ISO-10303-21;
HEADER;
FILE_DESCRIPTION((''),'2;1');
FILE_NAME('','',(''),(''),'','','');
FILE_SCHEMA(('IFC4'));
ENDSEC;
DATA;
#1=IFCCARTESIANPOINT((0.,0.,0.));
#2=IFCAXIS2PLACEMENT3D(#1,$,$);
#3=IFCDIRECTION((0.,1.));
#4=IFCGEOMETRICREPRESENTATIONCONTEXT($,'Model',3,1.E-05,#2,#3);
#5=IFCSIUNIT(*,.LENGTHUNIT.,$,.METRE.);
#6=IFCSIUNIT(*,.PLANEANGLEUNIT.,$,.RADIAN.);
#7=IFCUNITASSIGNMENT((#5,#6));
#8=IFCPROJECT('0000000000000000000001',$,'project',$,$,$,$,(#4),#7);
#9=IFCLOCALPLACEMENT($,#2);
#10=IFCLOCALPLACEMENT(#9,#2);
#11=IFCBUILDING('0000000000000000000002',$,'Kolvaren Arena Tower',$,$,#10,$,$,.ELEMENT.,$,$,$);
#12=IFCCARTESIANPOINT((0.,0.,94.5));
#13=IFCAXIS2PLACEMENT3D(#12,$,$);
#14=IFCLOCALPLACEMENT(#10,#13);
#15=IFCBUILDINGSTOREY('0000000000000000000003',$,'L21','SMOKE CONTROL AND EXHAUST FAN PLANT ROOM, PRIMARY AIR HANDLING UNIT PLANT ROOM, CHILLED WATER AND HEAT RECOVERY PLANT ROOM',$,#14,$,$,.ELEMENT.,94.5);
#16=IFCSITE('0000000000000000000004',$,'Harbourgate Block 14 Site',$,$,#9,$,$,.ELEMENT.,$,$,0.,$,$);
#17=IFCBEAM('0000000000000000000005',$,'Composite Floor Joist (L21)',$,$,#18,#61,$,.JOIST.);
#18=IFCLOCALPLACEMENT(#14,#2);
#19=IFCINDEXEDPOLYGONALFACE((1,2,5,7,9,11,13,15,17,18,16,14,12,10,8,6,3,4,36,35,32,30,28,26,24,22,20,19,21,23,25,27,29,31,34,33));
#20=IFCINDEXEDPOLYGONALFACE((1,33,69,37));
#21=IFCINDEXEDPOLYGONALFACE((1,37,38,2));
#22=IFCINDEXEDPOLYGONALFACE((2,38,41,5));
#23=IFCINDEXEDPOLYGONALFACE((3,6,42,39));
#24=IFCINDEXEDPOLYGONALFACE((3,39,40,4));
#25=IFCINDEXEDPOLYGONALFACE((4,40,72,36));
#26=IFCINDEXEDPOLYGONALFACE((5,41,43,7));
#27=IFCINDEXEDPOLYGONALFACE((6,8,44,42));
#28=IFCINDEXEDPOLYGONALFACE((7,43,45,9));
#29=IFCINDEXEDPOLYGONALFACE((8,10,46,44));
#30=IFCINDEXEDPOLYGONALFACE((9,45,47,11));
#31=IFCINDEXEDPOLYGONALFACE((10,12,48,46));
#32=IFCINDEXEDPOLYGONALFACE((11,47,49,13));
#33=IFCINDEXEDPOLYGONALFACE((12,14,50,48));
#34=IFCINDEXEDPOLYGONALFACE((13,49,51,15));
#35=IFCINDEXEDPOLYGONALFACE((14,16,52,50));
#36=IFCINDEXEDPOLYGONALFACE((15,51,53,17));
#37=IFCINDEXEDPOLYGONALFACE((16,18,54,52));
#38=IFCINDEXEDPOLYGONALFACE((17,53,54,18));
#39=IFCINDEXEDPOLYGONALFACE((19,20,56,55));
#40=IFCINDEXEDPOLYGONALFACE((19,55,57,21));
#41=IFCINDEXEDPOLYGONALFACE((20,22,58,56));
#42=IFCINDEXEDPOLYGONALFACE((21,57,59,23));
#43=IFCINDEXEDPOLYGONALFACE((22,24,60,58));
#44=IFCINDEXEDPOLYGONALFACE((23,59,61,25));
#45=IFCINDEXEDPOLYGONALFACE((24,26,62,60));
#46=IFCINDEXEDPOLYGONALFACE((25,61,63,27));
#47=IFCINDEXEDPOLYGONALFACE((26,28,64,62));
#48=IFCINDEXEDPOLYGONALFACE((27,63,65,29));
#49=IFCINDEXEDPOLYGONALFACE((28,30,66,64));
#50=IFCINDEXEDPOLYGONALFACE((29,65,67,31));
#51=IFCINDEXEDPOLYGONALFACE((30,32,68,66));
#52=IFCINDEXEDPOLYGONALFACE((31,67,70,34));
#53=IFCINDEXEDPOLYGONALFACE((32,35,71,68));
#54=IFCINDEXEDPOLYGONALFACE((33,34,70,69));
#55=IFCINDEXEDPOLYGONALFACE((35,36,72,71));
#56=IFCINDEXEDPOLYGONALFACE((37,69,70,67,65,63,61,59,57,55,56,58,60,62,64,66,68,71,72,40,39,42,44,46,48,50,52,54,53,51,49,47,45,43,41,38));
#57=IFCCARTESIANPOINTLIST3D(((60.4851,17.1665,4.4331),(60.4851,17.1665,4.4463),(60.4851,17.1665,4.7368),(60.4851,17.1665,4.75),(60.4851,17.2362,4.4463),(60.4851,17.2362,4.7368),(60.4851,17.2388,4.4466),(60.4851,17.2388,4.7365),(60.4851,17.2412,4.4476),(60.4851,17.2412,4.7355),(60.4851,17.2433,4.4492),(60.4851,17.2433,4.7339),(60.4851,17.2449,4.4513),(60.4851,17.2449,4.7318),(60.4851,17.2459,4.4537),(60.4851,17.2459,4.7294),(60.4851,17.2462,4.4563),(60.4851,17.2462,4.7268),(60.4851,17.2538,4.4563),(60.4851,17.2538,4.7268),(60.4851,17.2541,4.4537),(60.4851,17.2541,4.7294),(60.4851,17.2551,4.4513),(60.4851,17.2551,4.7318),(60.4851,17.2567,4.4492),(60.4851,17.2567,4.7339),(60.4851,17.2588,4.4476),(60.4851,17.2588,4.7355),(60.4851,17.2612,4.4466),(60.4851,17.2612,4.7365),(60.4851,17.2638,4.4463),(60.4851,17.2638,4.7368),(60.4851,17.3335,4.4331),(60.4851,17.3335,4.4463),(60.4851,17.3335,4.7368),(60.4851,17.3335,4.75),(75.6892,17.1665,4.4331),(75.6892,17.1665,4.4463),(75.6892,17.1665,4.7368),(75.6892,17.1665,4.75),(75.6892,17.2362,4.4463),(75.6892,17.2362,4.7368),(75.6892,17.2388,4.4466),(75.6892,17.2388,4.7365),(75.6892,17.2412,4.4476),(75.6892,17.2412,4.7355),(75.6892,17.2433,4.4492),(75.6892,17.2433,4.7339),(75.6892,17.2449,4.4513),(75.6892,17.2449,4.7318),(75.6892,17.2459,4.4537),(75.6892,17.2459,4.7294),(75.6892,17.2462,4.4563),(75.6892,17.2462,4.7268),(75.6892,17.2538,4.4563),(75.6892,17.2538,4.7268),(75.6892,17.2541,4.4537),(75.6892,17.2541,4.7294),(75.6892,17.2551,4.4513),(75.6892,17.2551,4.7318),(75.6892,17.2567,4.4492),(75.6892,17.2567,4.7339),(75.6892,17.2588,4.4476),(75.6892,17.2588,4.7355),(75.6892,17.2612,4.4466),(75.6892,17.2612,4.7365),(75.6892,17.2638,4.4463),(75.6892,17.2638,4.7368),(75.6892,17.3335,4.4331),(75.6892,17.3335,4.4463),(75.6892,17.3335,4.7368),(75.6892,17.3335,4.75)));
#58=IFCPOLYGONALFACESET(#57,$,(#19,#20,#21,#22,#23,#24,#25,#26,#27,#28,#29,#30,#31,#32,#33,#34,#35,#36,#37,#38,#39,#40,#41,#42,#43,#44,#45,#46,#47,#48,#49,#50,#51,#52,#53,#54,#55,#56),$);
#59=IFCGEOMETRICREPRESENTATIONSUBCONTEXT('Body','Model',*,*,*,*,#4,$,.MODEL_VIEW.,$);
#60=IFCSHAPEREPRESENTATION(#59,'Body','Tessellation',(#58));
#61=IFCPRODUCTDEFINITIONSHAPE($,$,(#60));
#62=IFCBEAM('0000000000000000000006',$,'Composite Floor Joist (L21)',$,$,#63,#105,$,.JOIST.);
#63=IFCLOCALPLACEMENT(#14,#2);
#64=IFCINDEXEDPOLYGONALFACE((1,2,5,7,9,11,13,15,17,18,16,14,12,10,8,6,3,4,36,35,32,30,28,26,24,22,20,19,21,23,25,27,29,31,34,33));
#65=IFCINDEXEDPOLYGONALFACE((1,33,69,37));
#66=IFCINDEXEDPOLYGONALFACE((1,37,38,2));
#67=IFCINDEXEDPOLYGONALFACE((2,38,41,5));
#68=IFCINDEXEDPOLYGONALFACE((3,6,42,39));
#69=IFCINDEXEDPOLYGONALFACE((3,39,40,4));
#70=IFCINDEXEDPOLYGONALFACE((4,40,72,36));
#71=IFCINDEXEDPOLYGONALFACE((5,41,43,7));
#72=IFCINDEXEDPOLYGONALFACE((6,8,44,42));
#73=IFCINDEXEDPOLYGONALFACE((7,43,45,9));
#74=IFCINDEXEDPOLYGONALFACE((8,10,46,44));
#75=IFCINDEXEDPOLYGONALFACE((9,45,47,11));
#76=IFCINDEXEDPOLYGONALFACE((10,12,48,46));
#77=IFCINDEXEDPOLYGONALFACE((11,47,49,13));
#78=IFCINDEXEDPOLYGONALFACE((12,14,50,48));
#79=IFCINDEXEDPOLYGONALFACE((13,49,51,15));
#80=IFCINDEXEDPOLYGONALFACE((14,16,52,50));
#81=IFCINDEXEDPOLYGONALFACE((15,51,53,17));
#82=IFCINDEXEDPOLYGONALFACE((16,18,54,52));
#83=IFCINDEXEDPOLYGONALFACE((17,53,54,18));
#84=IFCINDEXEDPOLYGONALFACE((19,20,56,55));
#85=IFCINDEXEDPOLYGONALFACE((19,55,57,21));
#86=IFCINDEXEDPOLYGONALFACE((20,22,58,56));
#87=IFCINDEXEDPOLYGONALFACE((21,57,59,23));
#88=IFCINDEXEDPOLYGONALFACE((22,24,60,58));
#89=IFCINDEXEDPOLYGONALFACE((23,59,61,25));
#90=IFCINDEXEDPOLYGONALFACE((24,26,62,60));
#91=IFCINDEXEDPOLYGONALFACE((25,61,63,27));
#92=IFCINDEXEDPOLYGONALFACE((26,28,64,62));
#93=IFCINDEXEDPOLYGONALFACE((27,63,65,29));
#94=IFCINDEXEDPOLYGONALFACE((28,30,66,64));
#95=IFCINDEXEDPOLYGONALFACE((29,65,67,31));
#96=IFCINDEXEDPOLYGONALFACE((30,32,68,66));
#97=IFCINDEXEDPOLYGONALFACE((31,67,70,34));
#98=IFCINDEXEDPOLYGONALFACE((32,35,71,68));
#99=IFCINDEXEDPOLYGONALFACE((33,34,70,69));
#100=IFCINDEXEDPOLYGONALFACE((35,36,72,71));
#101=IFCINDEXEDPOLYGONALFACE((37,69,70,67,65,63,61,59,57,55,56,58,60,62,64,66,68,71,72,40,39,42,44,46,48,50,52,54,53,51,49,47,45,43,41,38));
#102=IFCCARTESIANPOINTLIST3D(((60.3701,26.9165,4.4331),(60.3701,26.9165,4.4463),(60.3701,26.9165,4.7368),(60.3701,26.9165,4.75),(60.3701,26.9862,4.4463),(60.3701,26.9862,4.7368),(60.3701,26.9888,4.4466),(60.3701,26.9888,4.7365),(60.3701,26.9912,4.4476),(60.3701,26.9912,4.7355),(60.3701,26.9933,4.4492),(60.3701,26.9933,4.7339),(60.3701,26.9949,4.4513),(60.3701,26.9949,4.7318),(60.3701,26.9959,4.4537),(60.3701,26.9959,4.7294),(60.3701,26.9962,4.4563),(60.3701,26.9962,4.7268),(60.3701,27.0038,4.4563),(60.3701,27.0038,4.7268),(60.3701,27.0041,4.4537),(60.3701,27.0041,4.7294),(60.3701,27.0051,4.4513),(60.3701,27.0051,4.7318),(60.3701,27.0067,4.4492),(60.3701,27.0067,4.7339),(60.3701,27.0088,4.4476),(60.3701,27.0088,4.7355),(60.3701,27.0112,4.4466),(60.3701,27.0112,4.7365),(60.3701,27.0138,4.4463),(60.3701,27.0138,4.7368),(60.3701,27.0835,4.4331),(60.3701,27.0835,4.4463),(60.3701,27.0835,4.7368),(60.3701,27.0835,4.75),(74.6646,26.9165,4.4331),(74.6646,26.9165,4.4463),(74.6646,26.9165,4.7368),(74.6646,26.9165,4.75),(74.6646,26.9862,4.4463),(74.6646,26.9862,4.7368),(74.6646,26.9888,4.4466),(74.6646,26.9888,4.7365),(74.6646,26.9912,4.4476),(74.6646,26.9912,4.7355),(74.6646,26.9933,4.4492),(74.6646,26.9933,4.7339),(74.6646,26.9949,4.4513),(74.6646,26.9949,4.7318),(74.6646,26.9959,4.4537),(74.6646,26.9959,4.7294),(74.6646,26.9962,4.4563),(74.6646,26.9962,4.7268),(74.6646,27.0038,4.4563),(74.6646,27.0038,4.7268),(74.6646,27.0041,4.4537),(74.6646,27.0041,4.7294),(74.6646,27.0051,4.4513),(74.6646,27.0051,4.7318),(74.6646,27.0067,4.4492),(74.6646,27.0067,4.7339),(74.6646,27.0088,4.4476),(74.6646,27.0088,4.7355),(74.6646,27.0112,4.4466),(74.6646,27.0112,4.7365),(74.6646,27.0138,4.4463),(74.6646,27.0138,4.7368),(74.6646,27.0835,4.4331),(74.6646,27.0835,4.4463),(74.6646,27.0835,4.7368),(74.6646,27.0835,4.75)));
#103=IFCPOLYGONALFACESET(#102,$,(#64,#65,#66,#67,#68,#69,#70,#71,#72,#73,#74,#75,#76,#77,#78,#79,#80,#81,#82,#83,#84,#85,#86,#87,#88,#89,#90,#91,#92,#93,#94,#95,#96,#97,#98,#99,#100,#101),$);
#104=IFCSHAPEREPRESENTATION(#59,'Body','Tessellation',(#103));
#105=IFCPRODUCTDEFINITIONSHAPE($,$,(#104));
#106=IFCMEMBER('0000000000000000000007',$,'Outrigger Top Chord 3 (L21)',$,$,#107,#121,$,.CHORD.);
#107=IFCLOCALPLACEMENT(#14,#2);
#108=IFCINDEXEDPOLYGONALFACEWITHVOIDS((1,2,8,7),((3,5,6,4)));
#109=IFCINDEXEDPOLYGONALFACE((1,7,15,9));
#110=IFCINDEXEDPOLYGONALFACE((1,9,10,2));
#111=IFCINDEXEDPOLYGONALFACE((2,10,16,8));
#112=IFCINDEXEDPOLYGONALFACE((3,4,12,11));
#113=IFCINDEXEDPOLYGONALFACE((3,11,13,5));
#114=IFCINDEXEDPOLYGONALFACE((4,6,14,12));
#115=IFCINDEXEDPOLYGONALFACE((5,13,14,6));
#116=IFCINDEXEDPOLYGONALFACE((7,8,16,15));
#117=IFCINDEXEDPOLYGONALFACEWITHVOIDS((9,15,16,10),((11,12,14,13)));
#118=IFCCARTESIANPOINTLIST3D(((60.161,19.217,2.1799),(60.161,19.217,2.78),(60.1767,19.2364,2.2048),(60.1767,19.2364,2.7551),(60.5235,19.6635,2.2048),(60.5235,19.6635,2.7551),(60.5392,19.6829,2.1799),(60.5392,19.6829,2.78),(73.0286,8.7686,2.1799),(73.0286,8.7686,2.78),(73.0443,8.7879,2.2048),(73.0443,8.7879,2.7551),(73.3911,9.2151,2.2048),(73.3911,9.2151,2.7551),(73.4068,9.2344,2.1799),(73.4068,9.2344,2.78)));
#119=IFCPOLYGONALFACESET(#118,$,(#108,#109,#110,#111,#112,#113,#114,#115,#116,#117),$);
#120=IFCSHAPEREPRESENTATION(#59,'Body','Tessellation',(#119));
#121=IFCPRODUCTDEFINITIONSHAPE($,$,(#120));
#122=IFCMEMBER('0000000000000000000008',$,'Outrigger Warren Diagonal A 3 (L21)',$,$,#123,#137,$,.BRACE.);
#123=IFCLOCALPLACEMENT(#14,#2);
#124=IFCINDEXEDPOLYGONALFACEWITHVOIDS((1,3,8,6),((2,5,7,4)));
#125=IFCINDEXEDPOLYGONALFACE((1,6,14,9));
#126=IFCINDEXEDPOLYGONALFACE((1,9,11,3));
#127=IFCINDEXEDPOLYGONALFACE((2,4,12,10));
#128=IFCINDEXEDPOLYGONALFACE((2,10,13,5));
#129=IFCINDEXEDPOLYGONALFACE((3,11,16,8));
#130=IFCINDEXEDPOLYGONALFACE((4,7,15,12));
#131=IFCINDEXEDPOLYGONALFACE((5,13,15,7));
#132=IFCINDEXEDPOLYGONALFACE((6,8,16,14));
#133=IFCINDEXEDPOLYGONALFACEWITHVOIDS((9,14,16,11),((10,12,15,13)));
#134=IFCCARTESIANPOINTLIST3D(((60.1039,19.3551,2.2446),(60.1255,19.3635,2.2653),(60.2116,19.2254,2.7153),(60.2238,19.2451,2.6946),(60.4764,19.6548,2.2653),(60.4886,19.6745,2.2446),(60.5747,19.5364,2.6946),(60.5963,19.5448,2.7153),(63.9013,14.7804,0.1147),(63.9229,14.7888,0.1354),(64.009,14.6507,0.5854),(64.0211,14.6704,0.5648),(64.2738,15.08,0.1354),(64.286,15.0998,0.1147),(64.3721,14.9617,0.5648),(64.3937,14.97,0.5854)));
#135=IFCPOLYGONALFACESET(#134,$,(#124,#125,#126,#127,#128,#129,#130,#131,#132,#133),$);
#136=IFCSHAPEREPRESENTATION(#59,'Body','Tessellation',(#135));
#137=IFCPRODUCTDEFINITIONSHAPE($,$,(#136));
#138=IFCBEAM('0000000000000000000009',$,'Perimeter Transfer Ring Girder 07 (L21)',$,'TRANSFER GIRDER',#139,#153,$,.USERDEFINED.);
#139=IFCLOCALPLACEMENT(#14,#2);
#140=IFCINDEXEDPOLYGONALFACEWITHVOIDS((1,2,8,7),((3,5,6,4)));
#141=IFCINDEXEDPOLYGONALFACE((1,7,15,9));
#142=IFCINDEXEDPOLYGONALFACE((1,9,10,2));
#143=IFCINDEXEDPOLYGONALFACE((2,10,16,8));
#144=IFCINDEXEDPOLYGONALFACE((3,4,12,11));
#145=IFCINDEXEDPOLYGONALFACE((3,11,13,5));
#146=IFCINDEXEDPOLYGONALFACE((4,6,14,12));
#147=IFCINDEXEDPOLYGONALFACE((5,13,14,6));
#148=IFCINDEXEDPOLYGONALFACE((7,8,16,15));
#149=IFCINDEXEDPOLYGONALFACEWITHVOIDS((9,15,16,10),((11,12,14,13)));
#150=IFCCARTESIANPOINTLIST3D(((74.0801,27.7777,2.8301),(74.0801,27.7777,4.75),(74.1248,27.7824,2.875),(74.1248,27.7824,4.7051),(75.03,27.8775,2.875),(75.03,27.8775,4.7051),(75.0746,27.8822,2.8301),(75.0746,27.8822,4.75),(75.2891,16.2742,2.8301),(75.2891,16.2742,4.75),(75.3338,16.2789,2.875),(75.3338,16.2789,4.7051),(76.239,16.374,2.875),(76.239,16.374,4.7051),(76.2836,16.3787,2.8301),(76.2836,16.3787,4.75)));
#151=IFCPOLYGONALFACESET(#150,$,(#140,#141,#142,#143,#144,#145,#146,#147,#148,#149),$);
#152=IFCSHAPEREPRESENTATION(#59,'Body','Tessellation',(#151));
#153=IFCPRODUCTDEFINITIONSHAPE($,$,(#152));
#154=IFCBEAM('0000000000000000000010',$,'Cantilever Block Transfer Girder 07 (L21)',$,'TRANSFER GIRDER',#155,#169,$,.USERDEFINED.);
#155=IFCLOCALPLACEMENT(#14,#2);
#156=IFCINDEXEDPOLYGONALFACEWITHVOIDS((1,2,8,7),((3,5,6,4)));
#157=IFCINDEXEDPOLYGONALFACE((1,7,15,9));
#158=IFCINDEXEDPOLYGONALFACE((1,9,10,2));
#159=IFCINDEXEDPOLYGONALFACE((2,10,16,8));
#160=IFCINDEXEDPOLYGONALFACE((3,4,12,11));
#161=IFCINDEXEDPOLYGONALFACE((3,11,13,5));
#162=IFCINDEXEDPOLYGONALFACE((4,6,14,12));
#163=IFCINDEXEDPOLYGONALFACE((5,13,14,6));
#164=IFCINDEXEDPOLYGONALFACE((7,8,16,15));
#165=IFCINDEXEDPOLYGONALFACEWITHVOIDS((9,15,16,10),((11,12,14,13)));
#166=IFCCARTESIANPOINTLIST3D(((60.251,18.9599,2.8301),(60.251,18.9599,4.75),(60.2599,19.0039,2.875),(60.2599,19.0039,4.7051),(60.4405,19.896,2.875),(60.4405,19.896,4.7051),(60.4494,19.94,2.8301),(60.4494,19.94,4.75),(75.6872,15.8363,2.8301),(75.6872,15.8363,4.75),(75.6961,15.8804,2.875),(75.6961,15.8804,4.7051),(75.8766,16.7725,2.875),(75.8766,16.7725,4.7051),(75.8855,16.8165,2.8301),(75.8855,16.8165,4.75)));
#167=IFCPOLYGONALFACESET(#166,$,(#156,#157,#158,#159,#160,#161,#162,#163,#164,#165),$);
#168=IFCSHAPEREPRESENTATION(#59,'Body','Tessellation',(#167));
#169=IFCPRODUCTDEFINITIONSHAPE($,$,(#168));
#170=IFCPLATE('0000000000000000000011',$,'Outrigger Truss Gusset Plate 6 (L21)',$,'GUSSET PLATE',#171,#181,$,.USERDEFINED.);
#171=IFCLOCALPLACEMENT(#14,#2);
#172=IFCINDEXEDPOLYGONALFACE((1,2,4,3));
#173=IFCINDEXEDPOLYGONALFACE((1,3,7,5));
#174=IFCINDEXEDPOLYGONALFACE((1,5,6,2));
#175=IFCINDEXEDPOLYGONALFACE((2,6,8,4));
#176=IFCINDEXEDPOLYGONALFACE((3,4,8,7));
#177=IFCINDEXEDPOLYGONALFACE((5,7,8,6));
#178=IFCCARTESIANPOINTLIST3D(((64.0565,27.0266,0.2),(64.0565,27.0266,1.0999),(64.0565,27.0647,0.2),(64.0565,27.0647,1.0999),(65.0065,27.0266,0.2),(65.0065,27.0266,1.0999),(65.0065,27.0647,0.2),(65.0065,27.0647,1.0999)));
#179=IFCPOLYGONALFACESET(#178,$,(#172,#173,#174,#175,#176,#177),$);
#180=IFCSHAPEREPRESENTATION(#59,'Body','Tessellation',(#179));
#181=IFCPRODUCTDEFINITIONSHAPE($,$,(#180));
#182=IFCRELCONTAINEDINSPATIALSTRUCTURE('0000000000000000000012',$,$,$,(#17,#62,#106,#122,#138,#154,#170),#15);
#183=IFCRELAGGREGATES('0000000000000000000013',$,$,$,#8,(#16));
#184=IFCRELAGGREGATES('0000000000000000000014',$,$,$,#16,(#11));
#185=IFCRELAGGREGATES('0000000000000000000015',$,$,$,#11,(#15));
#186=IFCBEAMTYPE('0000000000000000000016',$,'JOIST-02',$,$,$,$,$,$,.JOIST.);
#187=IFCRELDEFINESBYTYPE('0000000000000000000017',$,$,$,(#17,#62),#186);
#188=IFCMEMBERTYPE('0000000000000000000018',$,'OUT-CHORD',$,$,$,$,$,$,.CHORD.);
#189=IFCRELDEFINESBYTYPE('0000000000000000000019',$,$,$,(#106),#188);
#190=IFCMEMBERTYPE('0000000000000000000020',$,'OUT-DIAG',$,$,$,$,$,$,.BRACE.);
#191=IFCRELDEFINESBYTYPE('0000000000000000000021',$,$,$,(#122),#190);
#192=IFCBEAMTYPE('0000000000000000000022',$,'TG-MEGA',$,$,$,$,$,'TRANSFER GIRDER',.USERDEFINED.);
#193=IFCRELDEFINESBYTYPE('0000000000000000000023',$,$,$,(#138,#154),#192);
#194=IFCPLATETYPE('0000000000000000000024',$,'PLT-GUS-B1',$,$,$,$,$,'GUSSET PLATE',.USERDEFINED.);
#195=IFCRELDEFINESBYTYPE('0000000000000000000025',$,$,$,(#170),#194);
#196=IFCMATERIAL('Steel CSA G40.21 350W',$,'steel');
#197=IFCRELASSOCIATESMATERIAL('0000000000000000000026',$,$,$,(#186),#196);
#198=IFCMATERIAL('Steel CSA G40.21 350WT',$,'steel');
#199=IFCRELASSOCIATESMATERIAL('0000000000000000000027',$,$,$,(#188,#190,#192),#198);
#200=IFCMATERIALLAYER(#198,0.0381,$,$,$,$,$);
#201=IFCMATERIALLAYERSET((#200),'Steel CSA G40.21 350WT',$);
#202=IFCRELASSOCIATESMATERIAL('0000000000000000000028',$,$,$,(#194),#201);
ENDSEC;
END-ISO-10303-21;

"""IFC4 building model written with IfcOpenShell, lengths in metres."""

from ifc_helpers import new_model, si_unit, direction, frame, origin, origin_2d, place, context, subcontext, project, spatial, rectangle, hollow_rectangle, i_section, extrude, material, layer, layer_set, material_profile, profile_set, type_object, element, save


model = new_model("IFC4")

# Units and contexts
model_context = context("Model", 3, precision=1e-05, world=origin(), true_north=direction((0.0, 1.0)))
body_context = subcontext(model_context, "Body", "Model", "MODEL_VIEW")
ifc_project = project(units=[si_unit("LENGTHUNIT", "METRE"), si_unit("PLANEANGLEUNIT", "RADIAN")], contexts=[model_context])

# Site, building, storey
site_placement = place(None, origin())
site = spatial("IfcSite", under=ifc_project, at=site_placement, Name="Harbourgate Block 14 Site", CompositionType="ELEMENT", RefElevation=0.0)
building_placement = place(site_placement, origin())
building = spatial("IfcBuilding", under=site, at=building_placement, Name="Kolvaren Arena Tower", CompositionType="ELEMENT")
storey_placement = place(building_placement, frame((0.0, 0.0, 94.5)))
storey = spatial("IfcBuildingStorey", under=building, at=storey_placement, Name="L21", Description="SMOKE CONTROL AND EXHAUST FAN PLANT ROOM, PRIMARY AIR HANDLING UNIT PLANT ROOM, CHILLED WATER AND HEAT RECOVERY PLANT ROOM", CompositionType="ELEMENT", Elevation=94.5)

# Shared definitions
ifc_material_1 = material(Name="Steel CSA G40.21 350W", Category="steel")

# Shared definitions
ifc_material_2 = material(Name="Steel CSA G40.21 350WT", Category="steel")

# Beams
ifc_material_profile_1 = material_profile(ifc_material_1, i_section(OverallWidth=0.167, OverallDepth=0.3169, WebThickness=0.0076, FlangeThickness=0.0132, FilletRadius=0.01, at=origin_2d()), Name="W310x52")
ifc_profile_set_1 = profile_set([ifc_material_profile_1], Name="Steel CSA G40.21 350W")
beam_type_1 = type_object("IfcBeamType", Name="JOIST-02", PredefinedType="JOIST", material=ifc_profile_set_1)
beam_1_placement = place(storey_placement, frame((60.4851, 17.25, 4.5916), z_axis=(1.0, 0.0, 0.0), x_axis=(0.0, 1.0, 0.0)))
element("IfcBeam", 1, at=beam_1_placement, inside=storey, type_object=beam_type_1, Name="Composite Floor Joist (L21)", PredefinedType="JOIST", context=body_context, shape_type="SweptSolid", body=[
    extrude(i_section(OverallWidth=0.167, OverallDepth=0.3169, WebThickness=0.0076, FlangeThickness=0.0132, FilletRadius=0.01, at=origin_2d()), origin(), (0.0, 0.0, 1.0), 15.2041),
])
beam_2_placement = place(storey_placement, frame((60.3701, 27.0, 4.5916), z_axis=(1.0, 0.0, 0.0), x_axis=(0.0, 1.0, 0.0)))
element("IfcBeam", 2, at=beam_2_placement, inside=storey, type_object=beam_type_1, Name="Composite Floor Joist (L21)", PredefinedType="JOIST", context=body_context, shape_type="SweptSolid", body=[
    extrude(i_section(OverallWidth=0.167, OverallDepth=0.3169, WebThickness=0.0076, FlangeThickness=0.0132, FilletRadius=0.01, at=origin_2d()), origin(), (0.0, 0.0, 1.0), 14.2944),
])

# Members
ifc_material_profile_2 = material_profile(ifc_material_2, hollow_rectangle(XDim=0.6001, YDim=0.6001, WallThickness=0.0249, at=origin_2d()), Name="HSS 600x600x25")
ifc_profile_set_2 = profile_set([ifc_material_profile_2], Name="Steel CSA G40.21 350WT")
member_type_1 = type_object("IfcMemberType", Name="OUT-CHORD", PredefinedType="CHORD", material=ifc_profile_set_2)
member_1_placement = place(storey_placement, frame((60.3501, 19.45, 2.48), z_axis=(0.776306, -0.630356, 0.0), x_axis=(0.630356, 0.776306, 0.0)))
element("IfcMember", 3, at=member_1_placement, inside=storey, type_object=member_type_1, Name="Outrigger Top Chord 3 (L21)", PredefinedType="CHORD", context=body_context, shape_type="SweptSolid", body=[
    extrude(hollow_rectangle(XDim=0.6001, YDim=0.6001, WallThickness=0.0249, at=origin_2d()), origin(), (0.0, 0.0, 1.0), 16.5754),
])
ifc_material_profile_3 = material_profile(ifc_material_2, hollow_rectangle(XDim=0.5, YDim=0.5, WallThickness=0.022, at=origin_2d()), Name="HSS 500x500x22")
ifc_profile_set_3 = profile_set([ifc_material_profile_3], Name="Steel CSA G40.21 350WT")
member_type_2 = type_object("IfcMemberType", Name="OUT-DIAG", PredefinedType="BRACE", material=ifc_profile_set_3)
member_2_placement = place(storey_placement, frame((60.3501, 19.45, 2.48), z_axis=(0.601286, -0.724373, -0.337252), x_axis=(0.769452, 0.638705, 0.0)))
element("IfcMember", 4, at=member_2_placement, inside=storey, type_object=member_type_2, Name="Outrigger Warren Diagonal A 3 (L21)", PredefinedType="BRACE", context=body_context, shape_type="SweptSolid", body=[
    extrude(hollow_rectangle(XDim=0.5, YDim=0.5, WallThickness=0.022, at=origin_2d()), origin(), (0.0, 0.0, 1.0), 6.3154),
])

# Beams
ifc_material_profile_4 = material_profile(ifc_material_2, hollow_rectangle(XDim=1.0, YDim=1.9199, WallThickness=0.0449, at=origin_2d()), Name="BOX 1000x1920x45")
ifc_profile_set_4 = profile_set([ifc_material_profile_4], Name="Steel CSA G40.21 350WT")
beam_type_2 = type_object("IfcBeamType", Name="TG-MEGA", ElementType="TRANSFER GIRDER", PredefinedType="USERDEFINED", material=ifc_profile_set_4)
beam_3_placement = place(storey_placement, frame((75.7864, 16.3264, 3.79), z_axis=(-0.104522, 0.994523, 0.0), x_axis=(-0.994523, -0.104522, 0.0)))
element("IfcBeam", 5, at=beam_3_placement, inside=storey, type_object=beam_type_2, Name="Perimeter Transfer Ring Girder 07 (L21)", ObjectType="TRANSFER GIRDER", PredefinedType="USERDEFINED", context=body_context, shape_type="SweptSolid", body=[
    extrude(hollow_rectangle(XDim=1.0, YDim=1.9199, WallThickness=0.0449, at=origin_2d()), origin(), (0.0, 0.0, 1.0), 11.5669),
])
beam_4_placement = place(storey_placement, frame((75.7864, 16.3264, 3.79), z_axis=(-0.980135, 0.198331, 0.0), x_axis=(-0.198331, -0.980135, 0.0)))
element("IfcBeam", 6, at=beam_4_placement, inside=storey, type_object=beam_type_2, Name="Cantilever Block Transfer Girder 07 (L21)", ObjectType="TRANSFER GIRDER", PredefinedType="USERDEFINED", context=body_context, shape_type="SweptSolid", body=[
    extrude(hollow_rectangle(XDim=1.0, YDim=1.9199, WallThickness=0.0449, at=origin_2d()), origin(), (0.0, 0.0, 1.0), 15.749),
])

# Plate
ifc_layer_1 = layer(ifc_material_2, 0.0381)
ifc_layer_set_1 = layer_set([ifc_layer_1], Name="Steel CSA G40.21 350WT")
plate_type = type_object("IfcPlateType", Name="PLT-GUS-B1", ElementType="GUSSET PLATE", PredefinedType="USERDEFINED", material=ifc_layer_set_1)
plate_placement = place(storey_placement, frame((64.5315, 27.0457, 0.2), z_axis=(0.0, 0.0, 1.0), x_axis=(1.0, 0.0, 0.0)))
element("IfcPlate", 7, at=plate_placement, inside=storey, type_object=plate_type, Name="Outrigger Truss Gusset Plate 6 (L21)", ObjectType="GUSSET PLATE", PredefinedType="USERDEFINED", context=body_context, shape_type="SweptSolid", body=[
    extrude(rectangle(XDim=0.95, YDim=0.0381, at=origin_2d()), origin(), (0.0, 0.0, 1.0), 0.8999),
])

save(model, "model.ifc")
